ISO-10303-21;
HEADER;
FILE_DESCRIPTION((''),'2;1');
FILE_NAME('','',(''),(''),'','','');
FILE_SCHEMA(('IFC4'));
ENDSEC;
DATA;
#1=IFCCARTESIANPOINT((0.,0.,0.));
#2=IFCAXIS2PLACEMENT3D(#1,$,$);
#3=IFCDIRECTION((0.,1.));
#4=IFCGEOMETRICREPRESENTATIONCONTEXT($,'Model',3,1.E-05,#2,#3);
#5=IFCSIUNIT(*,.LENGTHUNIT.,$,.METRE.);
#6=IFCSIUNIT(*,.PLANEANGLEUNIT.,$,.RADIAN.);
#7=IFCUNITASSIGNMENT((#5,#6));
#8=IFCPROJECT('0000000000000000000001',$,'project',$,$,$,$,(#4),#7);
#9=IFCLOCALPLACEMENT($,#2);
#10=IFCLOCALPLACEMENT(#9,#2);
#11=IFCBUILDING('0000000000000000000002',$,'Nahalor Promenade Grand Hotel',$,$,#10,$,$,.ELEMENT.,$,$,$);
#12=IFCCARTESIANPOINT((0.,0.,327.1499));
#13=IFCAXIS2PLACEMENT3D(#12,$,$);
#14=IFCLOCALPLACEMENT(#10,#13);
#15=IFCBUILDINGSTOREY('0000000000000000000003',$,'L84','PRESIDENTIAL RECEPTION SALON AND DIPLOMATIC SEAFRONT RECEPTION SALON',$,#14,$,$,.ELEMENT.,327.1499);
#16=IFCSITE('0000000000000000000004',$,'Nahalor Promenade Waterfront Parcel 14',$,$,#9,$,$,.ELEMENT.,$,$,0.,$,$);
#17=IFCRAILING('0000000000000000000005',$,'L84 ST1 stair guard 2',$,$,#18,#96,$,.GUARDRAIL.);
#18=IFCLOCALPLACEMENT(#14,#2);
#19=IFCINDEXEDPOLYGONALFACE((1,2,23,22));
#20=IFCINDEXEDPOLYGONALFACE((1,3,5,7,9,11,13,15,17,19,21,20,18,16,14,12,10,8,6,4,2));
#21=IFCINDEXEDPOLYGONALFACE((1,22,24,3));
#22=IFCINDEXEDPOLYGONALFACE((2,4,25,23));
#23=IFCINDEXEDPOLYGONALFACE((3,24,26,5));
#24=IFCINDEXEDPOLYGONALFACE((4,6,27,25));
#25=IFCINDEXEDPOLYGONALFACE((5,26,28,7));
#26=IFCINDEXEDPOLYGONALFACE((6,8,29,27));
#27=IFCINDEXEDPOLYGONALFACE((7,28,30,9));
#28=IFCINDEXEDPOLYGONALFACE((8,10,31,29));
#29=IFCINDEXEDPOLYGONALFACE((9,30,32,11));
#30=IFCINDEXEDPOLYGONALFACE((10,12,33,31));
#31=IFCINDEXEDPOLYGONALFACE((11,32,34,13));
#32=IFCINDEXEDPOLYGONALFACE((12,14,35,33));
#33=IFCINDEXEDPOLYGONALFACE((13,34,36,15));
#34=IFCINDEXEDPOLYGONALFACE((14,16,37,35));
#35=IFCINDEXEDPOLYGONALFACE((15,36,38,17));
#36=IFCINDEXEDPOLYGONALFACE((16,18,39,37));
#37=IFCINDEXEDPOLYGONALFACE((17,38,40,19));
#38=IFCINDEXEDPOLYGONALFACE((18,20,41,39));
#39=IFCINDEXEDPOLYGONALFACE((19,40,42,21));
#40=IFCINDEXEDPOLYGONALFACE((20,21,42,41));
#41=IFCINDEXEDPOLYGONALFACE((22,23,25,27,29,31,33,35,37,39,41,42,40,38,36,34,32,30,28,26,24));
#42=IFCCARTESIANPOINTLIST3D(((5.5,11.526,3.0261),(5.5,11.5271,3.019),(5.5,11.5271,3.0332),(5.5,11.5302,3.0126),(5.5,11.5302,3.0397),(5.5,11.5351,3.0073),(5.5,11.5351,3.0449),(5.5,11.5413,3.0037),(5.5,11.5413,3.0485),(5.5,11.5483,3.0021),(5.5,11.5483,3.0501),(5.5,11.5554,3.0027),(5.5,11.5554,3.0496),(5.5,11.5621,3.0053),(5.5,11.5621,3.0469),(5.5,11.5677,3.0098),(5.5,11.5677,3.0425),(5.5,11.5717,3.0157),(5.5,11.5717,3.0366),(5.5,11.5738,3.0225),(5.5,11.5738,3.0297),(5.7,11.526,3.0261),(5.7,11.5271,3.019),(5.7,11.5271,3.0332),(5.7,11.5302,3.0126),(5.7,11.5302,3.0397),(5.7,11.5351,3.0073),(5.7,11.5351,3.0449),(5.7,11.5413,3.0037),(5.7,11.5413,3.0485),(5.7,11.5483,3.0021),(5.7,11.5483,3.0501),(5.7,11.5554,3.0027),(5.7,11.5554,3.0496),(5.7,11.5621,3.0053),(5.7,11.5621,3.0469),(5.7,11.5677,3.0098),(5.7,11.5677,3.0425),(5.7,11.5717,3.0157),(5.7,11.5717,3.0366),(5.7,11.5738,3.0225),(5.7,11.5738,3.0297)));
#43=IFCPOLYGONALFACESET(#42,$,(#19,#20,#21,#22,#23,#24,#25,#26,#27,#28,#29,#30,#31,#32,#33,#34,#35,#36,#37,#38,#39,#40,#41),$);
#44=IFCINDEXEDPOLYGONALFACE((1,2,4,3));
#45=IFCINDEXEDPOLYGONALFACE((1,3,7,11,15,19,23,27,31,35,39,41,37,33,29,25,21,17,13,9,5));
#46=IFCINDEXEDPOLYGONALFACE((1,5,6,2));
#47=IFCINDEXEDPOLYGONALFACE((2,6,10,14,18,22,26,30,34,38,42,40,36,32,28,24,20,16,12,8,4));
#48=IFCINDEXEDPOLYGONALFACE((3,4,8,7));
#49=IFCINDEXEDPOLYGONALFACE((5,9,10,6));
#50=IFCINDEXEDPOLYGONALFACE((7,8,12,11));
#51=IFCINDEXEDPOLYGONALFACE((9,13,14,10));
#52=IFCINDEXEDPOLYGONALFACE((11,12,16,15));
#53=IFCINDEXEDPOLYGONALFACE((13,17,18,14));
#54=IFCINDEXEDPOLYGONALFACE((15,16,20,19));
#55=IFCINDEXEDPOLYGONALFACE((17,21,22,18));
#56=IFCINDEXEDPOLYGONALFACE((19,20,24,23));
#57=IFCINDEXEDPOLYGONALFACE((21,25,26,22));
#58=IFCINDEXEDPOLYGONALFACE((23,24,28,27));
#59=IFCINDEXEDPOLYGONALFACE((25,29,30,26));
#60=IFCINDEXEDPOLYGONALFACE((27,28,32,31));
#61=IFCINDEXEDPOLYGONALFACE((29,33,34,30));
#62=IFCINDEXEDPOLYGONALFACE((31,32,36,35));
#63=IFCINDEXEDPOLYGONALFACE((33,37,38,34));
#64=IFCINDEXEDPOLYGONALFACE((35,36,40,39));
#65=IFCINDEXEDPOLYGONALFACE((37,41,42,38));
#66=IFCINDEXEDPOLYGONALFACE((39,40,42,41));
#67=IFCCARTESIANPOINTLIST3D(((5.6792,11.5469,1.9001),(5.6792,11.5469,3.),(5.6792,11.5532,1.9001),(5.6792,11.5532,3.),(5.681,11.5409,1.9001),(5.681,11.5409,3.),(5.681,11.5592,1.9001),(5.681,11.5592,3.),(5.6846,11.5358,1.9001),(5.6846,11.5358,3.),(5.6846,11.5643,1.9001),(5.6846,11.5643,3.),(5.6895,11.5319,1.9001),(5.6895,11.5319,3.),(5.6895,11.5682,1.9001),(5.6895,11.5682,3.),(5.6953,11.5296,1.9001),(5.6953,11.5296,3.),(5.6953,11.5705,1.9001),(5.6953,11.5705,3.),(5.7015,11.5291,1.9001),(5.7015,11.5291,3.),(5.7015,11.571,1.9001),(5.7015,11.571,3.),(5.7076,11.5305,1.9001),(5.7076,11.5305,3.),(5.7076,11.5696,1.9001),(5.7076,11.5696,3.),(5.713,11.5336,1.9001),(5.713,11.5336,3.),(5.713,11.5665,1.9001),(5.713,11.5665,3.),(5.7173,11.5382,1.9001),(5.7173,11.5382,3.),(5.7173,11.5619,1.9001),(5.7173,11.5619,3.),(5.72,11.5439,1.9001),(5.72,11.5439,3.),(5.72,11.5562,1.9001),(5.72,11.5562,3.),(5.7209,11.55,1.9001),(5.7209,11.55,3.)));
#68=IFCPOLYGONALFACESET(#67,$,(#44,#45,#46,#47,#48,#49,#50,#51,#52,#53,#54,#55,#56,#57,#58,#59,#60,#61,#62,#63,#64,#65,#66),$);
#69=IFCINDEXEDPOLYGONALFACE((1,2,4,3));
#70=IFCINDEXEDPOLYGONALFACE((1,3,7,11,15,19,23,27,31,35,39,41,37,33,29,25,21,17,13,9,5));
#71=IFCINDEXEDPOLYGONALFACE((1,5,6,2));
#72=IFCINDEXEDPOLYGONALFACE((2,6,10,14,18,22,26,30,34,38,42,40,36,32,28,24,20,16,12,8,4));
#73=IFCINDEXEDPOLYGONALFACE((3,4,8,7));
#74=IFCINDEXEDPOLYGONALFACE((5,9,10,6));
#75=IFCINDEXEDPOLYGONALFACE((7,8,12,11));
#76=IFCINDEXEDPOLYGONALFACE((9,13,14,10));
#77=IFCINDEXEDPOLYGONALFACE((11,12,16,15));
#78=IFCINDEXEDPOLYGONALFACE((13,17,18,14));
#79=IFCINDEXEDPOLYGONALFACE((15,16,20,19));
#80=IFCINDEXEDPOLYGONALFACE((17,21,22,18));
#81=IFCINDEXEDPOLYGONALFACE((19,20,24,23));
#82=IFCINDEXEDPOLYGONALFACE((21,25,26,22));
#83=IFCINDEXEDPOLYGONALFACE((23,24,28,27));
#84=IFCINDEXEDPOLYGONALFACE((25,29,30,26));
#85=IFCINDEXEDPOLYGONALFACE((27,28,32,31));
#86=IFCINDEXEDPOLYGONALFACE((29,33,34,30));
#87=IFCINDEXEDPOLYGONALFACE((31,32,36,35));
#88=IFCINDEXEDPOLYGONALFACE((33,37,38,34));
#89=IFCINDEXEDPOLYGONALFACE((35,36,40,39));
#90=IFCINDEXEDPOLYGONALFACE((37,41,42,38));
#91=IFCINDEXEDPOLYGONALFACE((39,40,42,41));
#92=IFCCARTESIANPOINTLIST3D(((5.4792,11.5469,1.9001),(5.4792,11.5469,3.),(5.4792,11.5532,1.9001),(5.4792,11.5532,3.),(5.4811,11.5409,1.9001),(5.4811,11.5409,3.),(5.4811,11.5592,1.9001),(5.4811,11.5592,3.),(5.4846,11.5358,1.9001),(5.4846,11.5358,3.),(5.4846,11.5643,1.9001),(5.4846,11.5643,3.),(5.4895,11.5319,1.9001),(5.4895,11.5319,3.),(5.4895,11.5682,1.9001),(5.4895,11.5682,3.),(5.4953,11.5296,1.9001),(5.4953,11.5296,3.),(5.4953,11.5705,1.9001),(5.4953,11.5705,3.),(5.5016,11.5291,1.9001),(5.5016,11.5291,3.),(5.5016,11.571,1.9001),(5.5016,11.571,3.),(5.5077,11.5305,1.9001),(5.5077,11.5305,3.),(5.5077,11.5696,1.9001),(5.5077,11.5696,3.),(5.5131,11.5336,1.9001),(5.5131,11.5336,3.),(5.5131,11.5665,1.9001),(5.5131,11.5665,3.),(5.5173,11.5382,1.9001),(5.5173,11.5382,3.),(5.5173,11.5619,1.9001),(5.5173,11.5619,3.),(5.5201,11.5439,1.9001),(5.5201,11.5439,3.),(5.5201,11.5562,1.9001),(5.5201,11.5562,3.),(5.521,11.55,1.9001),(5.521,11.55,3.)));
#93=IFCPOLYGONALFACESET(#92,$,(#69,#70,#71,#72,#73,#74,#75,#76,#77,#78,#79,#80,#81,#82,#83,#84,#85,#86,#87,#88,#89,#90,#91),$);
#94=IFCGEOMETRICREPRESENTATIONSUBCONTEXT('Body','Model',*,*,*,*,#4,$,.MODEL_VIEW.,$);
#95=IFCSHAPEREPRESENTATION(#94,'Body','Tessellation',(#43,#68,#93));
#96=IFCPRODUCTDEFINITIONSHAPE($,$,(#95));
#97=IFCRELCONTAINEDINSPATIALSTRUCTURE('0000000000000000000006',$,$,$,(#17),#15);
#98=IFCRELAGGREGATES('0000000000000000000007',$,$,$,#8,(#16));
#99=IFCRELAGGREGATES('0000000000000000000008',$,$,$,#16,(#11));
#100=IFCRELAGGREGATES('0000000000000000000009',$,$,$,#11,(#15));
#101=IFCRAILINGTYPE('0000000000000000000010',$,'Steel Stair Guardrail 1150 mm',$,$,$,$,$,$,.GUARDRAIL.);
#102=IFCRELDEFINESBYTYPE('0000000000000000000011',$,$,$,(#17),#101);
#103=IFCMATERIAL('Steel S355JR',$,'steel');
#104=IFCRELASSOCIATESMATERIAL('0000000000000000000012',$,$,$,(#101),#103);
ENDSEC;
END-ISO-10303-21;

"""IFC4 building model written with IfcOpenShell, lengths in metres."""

from ifc_helpers import new_model, si_unit, direction, frame, origin, origin_2d, place, context, subcontext, project, spatial, circle, extrude, material, type_object, element, save


model = new_model("IFC4")

# Units and contexts
model_context = context("Model", 3, precision=1e-05, world=origin(), true_north=direction((0.0, 1.0)))
body_context = subcontext(model_context, "Body", "Model", "MODEL_VIEW")
ifc_project = project(units=[si_unit("LENGTHUNIT", "METRE"), si_unit("PLANEANGLEUNIT", "RADIAN")], contexts=[model_context])

# Site, building, storey
site_placement = place(None, origin())
site = spatial("IfcSite", under=ifc_project, at=site_placement, Name="Nahalor Promenade Waterfront Parcel 14", CompositionType="ELEMENT", RefElevation=0.0)
building_placement = place(site_placement, origin())
building = spatial("IfcBuilding", under=site, at=building_placement, Name="Nahalor Promenade Grand Hotel", CompositionType="ELEMENT")
storey_placement = place(building_placement, frame((0.0, 0.0, 327.1499)))
storey = spatial("IfcBuildingStorey", under=building, at=storey_placement, Name="L84", Description="PRESIDENTIAL RECEPTION SALON AND DIPLOMATIC SEAFRONT RECEPTION SALON", CompositionType="ELEMENT", Elevation=327.1499)

# Shared definitions
ifc_material_1 = material(Name="Steel S355JR", Category="steel")

# Railing
railing_type_1 = type_object("IfcRailingType", Name="Steel Stair Guardrail 1150 mm", PredefinedType="GUARDRAIL", material=ifc_material_1)
railing_1_placement = place(storey_placement, frame((5.7, 11.55, 1.9001)))
element("IfcRailing", 1, at=railing_1_placement, inside=storey, type_object=railing_type_1, Name="L84 ST1 stair guard 2", PredefinedType="GUARDRAIL", context=body_context, shape_type="SweptSolid", body=[
    extrude(circle(Radius=0.024, at=origin_2d()), frame((0.0, 0.0, 1.126), z_axis=(-1.0, 0.0, 0.0), x_axis=(0.0, -1.0, 0.0)), (0.0, 0.0, 1.0), 0.2),
    extrude(circle(Radius=0.021, at=origin_2d()), origin(), (0.0, 0.0, 1.0), 1.0999),
    extrude(circle(Radius=0.021, at=origin_2d()), frame((-0.2, 0.0, 0.0)), (0.0, 0.0, 1.0), 1.0999),
])

save(model, "model.ifc")
